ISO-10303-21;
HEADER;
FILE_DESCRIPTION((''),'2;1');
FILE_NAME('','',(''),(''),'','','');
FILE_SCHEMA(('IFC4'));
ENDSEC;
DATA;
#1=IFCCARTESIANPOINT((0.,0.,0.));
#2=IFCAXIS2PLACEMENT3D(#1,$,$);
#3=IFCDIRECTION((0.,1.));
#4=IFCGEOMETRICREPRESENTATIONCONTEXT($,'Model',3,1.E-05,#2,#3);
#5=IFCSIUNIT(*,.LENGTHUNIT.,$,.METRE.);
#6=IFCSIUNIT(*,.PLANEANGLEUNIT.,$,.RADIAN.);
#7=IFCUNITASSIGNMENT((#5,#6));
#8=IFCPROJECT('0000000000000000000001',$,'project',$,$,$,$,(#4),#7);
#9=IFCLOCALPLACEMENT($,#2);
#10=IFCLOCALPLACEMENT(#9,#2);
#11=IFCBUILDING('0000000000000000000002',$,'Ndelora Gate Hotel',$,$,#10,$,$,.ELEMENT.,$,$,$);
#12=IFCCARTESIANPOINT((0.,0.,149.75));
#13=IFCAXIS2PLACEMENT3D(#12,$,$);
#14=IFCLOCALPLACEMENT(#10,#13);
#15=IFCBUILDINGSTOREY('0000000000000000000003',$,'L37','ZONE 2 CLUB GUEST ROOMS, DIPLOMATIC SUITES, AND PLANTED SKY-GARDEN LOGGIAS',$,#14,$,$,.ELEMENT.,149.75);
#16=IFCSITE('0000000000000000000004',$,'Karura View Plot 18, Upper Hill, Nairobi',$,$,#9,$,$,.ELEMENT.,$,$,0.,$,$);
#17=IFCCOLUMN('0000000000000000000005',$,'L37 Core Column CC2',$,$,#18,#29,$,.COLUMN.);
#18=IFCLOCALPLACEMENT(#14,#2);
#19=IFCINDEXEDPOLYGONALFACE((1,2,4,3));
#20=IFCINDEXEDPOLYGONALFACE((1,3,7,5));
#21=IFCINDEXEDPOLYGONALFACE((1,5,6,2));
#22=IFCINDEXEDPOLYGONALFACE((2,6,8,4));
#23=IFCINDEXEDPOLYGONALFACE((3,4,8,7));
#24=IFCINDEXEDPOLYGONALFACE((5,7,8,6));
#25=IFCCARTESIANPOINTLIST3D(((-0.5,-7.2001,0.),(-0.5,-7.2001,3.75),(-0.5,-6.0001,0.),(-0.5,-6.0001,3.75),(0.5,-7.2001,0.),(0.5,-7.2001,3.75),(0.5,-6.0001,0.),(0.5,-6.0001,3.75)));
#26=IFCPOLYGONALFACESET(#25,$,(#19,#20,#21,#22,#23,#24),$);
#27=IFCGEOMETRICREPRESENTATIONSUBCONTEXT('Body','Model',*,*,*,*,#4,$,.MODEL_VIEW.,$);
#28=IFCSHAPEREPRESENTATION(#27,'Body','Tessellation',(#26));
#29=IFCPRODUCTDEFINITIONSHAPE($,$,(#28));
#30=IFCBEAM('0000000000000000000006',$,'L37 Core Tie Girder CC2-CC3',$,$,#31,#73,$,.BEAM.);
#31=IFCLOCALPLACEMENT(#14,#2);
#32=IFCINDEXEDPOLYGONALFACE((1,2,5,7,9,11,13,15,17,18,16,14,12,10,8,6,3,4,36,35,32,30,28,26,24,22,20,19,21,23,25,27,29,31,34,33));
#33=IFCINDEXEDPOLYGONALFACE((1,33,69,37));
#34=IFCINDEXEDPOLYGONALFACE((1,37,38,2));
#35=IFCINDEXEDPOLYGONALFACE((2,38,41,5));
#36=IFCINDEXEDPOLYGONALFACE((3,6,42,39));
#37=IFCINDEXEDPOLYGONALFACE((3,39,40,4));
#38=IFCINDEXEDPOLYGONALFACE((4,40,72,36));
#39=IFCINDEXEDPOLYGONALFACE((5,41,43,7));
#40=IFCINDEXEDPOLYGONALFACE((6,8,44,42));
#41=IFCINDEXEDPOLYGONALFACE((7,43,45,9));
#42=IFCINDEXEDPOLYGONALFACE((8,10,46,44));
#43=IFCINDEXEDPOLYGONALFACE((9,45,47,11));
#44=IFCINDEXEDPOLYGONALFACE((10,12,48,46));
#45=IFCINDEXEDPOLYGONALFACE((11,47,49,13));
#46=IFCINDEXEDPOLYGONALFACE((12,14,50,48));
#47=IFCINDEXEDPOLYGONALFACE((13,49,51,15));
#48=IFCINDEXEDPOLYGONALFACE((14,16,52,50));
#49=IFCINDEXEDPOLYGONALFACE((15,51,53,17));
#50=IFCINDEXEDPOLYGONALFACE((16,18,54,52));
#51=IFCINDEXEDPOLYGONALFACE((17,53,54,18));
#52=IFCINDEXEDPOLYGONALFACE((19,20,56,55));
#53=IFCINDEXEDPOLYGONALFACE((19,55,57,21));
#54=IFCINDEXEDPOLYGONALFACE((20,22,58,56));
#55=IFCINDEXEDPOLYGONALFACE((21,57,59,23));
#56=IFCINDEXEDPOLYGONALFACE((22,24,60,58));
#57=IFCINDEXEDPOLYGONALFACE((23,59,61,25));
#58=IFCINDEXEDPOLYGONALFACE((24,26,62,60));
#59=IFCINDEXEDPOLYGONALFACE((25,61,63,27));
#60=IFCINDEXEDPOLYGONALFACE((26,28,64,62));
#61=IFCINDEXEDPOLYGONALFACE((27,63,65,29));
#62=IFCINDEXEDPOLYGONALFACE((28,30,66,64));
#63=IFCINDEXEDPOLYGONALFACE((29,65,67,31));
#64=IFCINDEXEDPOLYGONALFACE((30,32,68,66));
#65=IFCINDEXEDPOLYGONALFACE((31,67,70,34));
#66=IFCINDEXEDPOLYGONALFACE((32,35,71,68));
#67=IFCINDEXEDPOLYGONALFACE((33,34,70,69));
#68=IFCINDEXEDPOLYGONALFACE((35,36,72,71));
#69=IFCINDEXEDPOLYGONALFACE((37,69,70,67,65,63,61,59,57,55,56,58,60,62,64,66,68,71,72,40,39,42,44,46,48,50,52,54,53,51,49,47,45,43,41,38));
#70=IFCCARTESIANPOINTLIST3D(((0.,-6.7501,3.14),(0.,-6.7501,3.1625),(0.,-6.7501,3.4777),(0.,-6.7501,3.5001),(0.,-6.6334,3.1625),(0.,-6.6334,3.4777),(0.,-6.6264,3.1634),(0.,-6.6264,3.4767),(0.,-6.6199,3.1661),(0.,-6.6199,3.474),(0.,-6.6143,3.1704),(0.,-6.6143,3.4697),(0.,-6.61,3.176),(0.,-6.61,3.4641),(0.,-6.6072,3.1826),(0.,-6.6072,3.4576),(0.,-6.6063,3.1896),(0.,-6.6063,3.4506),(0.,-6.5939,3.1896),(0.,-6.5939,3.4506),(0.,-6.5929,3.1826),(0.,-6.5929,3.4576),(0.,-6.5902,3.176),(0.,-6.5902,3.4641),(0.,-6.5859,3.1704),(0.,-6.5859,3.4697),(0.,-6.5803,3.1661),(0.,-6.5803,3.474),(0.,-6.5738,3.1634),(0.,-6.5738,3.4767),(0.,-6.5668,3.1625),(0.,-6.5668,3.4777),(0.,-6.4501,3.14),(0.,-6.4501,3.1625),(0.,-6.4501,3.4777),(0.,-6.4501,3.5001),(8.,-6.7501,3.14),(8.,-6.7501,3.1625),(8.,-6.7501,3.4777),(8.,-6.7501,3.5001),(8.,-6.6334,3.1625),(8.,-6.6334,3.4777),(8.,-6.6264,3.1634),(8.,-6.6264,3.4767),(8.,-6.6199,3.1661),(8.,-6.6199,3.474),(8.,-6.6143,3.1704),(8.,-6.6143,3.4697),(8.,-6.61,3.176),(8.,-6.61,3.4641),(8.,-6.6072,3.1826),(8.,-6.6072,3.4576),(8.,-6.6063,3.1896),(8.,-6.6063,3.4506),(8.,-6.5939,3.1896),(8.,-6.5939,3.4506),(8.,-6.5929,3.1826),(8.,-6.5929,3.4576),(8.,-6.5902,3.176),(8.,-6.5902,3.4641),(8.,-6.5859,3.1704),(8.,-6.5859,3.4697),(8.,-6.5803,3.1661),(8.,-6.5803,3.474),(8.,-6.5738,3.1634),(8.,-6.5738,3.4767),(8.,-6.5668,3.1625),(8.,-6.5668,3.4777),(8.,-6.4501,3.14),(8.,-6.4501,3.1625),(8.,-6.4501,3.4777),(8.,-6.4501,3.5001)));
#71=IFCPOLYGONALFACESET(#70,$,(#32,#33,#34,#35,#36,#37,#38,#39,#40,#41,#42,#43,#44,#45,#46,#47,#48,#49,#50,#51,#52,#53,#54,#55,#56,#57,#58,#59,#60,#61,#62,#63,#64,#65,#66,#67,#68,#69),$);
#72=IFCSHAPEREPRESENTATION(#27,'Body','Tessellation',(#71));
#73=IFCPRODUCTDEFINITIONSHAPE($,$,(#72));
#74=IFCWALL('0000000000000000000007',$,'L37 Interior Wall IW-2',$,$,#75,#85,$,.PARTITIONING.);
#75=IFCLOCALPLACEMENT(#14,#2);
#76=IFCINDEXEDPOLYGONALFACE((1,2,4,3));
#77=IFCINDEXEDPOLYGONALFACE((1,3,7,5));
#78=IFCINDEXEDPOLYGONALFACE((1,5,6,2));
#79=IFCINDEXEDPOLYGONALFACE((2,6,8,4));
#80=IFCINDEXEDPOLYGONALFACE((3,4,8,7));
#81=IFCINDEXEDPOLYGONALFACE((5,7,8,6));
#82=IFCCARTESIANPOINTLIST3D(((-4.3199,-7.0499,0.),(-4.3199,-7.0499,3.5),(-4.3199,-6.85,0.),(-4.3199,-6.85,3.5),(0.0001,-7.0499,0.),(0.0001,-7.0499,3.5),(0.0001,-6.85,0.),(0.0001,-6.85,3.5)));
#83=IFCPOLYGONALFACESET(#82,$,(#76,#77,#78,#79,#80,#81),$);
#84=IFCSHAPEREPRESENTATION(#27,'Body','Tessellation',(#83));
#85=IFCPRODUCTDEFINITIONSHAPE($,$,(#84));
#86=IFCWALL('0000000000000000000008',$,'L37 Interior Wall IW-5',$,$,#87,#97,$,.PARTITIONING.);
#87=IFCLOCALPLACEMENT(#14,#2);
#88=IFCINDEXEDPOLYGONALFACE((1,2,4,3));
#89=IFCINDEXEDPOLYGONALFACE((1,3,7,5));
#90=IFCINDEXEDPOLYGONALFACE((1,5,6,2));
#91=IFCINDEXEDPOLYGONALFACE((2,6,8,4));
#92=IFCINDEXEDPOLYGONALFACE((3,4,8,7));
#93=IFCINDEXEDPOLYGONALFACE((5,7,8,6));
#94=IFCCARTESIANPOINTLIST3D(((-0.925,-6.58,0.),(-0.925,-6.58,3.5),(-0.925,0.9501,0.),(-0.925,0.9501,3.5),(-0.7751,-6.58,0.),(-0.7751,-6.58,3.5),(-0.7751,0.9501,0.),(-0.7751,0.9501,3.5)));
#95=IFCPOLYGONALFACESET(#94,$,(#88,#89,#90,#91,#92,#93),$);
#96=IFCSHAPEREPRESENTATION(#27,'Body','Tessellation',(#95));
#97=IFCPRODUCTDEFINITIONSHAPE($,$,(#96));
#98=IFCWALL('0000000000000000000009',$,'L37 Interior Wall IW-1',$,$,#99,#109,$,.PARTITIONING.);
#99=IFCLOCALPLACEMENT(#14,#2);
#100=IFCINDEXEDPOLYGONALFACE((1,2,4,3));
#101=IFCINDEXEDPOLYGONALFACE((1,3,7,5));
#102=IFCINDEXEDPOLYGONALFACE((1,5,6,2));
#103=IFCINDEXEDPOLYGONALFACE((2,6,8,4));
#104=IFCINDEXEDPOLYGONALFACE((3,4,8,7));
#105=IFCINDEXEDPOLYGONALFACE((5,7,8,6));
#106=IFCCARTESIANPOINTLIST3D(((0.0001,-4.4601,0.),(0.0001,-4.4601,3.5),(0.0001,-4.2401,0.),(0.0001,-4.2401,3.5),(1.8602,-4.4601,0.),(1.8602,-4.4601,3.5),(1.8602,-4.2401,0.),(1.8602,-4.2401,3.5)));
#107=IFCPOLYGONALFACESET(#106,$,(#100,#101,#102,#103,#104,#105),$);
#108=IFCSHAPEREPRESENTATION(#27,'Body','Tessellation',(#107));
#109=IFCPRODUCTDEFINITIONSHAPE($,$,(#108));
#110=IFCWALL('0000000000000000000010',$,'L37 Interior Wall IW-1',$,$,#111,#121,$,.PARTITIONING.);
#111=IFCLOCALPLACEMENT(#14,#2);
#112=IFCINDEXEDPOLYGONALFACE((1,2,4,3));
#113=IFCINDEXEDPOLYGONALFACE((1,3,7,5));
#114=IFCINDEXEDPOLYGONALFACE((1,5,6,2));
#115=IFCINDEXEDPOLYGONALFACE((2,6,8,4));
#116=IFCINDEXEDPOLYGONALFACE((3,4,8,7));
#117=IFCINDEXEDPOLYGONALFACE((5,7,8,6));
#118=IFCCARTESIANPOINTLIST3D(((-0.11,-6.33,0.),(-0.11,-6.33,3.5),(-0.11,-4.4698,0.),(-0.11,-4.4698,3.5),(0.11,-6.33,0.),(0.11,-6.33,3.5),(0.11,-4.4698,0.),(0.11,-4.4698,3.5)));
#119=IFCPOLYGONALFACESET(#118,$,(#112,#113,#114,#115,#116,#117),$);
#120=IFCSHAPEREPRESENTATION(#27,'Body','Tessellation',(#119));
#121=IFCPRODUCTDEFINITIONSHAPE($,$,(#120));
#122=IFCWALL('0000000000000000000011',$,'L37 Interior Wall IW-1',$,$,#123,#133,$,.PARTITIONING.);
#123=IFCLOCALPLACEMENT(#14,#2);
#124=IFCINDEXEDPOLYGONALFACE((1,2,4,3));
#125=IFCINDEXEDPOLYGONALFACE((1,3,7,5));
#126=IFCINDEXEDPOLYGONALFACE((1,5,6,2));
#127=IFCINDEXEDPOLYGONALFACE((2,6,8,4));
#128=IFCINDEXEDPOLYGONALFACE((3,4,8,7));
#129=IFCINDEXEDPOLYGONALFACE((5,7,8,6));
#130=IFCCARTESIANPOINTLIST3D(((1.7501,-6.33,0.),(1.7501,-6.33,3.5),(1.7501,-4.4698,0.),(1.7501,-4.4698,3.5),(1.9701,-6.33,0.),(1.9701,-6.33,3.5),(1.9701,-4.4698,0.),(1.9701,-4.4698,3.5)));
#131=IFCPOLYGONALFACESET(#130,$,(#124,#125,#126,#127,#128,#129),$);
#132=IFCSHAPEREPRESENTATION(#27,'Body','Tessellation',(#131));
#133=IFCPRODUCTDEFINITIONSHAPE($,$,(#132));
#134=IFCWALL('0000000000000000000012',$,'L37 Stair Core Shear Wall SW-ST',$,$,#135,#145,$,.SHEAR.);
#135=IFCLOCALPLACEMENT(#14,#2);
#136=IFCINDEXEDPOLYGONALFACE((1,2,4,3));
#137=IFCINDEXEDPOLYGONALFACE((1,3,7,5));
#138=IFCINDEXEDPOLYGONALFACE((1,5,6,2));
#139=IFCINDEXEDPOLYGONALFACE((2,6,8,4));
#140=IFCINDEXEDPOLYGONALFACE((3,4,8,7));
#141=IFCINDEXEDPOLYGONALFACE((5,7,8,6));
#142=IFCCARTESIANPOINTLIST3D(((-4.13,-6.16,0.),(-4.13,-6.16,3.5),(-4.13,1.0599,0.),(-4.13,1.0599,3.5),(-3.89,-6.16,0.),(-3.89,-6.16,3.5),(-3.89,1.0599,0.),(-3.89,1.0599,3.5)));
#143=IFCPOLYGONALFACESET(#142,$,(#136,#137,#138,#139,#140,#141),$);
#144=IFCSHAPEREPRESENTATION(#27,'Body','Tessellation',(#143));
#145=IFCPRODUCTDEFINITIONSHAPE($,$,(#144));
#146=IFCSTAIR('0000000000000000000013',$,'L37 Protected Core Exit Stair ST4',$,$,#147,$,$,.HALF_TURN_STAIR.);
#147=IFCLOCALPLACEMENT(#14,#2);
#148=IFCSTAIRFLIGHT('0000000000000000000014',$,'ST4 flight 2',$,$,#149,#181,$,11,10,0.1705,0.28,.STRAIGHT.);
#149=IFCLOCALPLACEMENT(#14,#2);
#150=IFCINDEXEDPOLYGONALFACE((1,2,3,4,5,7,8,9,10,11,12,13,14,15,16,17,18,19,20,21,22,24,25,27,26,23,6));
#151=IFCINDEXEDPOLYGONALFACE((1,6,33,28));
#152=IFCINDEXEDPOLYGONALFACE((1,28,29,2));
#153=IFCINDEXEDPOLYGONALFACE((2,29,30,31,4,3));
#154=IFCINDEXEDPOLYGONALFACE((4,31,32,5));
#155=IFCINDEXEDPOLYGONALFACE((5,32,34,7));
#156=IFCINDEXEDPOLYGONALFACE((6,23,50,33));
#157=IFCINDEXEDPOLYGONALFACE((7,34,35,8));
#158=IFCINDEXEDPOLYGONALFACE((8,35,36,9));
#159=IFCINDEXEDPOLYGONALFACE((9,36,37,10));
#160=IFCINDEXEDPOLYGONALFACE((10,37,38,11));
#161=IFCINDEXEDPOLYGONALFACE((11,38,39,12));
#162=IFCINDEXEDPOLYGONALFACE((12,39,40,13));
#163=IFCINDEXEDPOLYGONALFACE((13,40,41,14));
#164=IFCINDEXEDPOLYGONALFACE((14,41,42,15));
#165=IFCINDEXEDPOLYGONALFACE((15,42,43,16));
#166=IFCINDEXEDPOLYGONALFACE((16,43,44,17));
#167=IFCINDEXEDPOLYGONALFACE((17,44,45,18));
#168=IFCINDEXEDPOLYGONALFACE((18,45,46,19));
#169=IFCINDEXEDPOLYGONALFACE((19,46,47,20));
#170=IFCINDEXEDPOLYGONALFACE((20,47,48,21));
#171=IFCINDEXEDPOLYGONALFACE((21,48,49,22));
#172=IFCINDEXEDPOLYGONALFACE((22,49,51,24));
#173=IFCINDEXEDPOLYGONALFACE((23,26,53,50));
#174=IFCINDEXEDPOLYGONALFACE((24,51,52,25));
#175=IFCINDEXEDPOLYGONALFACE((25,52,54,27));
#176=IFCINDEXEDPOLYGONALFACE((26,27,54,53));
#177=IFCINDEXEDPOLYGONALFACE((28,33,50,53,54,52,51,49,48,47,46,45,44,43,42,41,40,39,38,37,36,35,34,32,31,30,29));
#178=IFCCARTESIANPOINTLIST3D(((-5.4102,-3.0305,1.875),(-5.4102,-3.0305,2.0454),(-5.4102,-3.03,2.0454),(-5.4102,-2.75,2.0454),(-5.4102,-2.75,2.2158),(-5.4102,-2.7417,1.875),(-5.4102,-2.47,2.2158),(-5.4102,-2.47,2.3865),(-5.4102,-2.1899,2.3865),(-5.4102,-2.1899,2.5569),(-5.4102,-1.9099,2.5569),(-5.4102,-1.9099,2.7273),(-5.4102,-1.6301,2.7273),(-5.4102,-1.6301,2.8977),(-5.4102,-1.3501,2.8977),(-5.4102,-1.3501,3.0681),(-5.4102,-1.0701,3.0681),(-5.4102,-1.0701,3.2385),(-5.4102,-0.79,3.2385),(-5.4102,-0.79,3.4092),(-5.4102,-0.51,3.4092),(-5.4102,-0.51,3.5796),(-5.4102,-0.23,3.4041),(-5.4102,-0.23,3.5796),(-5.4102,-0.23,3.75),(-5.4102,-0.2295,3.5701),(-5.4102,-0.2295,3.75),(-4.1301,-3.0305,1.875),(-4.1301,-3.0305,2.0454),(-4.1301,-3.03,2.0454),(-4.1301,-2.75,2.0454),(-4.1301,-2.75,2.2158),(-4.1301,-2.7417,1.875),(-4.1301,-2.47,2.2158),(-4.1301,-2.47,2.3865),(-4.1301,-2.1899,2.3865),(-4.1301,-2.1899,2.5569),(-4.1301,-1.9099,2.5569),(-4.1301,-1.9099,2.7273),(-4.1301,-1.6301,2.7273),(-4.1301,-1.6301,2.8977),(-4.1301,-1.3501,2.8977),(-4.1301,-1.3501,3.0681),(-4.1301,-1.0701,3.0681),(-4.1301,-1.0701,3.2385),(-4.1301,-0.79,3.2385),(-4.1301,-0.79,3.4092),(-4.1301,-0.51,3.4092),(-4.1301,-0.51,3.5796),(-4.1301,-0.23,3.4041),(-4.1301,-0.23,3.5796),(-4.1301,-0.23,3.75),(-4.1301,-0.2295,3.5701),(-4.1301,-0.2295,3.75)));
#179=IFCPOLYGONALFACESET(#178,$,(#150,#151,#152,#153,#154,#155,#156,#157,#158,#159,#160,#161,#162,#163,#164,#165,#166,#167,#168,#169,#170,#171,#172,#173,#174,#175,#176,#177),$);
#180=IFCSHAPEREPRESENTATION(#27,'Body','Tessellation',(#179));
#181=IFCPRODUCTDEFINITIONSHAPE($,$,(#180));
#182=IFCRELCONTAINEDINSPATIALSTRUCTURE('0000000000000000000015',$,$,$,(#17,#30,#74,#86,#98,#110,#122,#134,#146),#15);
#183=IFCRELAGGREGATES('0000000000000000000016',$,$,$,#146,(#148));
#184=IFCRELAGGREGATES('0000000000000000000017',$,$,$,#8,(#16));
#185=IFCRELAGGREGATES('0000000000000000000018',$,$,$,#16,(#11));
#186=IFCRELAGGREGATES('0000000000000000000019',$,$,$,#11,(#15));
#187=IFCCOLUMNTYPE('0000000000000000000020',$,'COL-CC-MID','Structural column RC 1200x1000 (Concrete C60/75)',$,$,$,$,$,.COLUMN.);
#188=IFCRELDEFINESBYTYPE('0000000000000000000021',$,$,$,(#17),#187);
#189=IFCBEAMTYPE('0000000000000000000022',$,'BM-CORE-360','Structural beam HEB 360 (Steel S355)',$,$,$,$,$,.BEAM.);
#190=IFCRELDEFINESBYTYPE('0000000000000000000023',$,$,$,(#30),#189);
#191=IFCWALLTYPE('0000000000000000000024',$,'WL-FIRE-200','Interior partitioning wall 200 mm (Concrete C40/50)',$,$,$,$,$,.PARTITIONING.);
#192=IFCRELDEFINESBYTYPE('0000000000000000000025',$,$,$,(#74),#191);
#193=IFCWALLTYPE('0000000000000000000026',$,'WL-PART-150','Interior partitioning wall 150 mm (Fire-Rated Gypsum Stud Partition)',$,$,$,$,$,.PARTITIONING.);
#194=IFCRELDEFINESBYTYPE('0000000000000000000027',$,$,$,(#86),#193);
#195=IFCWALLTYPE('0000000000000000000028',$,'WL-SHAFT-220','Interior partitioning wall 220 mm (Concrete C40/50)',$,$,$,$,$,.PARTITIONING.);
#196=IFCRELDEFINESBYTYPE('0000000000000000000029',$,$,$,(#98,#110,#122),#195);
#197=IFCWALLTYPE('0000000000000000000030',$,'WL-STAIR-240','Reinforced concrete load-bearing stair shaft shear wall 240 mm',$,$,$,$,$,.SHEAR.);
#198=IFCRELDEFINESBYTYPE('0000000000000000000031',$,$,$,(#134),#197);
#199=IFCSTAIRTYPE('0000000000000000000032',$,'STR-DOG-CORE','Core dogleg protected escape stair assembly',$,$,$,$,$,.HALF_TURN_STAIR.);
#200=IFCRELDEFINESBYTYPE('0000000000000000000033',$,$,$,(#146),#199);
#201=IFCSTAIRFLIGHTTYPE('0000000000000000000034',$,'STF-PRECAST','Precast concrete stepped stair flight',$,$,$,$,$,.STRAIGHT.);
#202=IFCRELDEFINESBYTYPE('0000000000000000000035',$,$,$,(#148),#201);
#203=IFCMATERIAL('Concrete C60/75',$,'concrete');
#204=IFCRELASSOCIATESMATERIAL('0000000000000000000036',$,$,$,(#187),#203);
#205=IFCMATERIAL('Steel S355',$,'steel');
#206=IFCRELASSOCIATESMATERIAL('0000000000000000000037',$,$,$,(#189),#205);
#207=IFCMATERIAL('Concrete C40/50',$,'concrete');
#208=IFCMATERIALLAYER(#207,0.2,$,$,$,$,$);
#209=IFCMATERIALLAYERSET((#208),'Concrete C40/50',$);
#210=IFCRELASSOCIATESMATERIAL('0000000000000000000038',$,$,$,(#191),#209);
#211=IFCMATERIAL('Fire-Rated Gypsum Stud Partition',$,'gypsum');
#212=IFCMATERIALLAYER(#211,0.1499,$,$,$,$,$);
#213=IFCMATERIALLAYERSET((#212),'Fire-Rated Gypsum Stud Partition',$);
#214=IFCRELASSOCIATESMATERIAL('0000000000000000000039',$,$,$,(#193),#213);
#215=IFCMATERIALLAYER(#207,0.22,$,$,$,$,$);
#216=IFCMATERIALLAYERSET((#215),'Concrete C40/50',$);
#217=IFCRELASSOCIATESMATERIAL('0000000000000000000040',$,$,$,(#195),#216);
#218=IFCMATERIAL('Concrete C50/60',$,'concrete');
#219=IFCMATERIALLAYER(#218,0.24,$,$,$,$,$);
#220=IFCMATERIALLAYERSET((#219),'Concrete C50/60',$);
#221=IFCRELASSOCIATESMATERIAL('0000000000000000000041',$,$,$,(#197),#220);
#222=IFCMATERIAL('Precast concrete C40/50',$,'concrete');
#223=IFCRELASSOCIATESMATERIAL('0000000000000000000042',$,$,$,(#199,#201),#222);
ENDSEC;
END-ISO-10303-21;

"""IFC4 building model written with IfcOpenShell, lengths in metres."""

from ifc_helpers import new_model, si_unit, direction, frame, frame_2d, origin, origin_2d, place, context, subcontext, project, spatial, polyline, rectangle, i_section, outline, extrude, material, layer, layer_set, material_profile, profile_set, type_object, element, aggregate, save


model = new_model("IFC4")

# Units and contexts
model_context = context("Model", 3, precision=1e-05, world=origin(), true_north=direction((0.0, 1.0)))
body_context = subcontext(model_context, "Body", "Model", "MODEL_VIEW")
ifc_project = project(units=[si_unit("LENGTHUNIT", "METRE"), si_unit("PLANEANGLEUNIT", "RADIAN")], contexts=[model_context])

# Site, building, storey
site_placement = place(None, origin())
site = spatial("IfcSite", under=ifc_project, at=site_placement, Name="Karura View Plot 18, Upper Hill, Nairobi", CompositionType="ELEMENT", RefElevation=0.0)
building_placement = place(site_placement, origin())
building = spatial("IfcBuilding", under=site, at=building_placement, Name="Ndelora Gate Hotel", CompositionType="ELEMENT")
storey_placement = place(building_placement, frame((0.0, 0.0, 149.75)))
storey = spatial("IfcBuildingStorey", under=building, at=storey_placement, Name="L37", Description="ZONE 2 CLUB GUEST ROOMS, DIPLOMATIC SUITES, AND PLANTED SKY-GARDEN LOGGIAS", CompositionType="ELEMENT", Elevation=149.75)

# Column
ifc_material_1 = material(Name="Concrete C60/75", Category="concrete")
ifc_material_profile_1 = material_profile(ifc_material_1, rectangle(XDim=1.0, YDim=1.2, at=origin_2d()), Name="RC 1200x1000")
ifc_profile_set_1 = profile_set([ifc_material_profile_1], Name="Concrete C60/75")
column_type = type_object("IfcColumnType", Name="COL-CC-MID", Description="Structural column RC 1200x1000 (Concrete C60/75)", PredefinedType="COLUMN", material=ifc_profile_set_1)
column_placement = place(storey_placement, frame((0.0, -6.6001, 0.0), z_axis=(0.0, 0.0, 1.0), x_axis=(1.0, 0.0, 0.0)))
element("IfcColumn", 1, at=column_placement, inside=storey, type_object=column_type, Name="L37 Core Column CC2", PredefinedType="COLUMN", context=body_context, shape_type="SweptSolid", body=[
    extrude(rectangle(XDim=1.0, YDim=1.2, at=origin_2d()), origin(), (0.0, 0.0, 1.0), 3.75),
])

# Beam
ifc_material_2 = material(Name="Steel S355", Category="steel")
ifc_material_profile_2 = material_profile(ifc_material_2, i_section(OverallWidth=0.3, OverallDepth=0.3601, WebThickness=0.0125, FlangeThickness=0.0225, FilletRadius=0.0271, at=origin_2d()), Name="HEB 360")
ifc_profile_set_2 = profile_set([ifc_material_profile_2], Name="Steel S355")
beam_type = type_object("IfcBeamType", Name="BM-CORE-360", Description="Structural beam HEB 360 (Steel S355)", PredefinedType="BEAM", material=ifc_profile_set_2)
beam_placement = place(storey_placement, frame((0.0, -6.6001, 3.3201), z_axis=(1.0, 0.0, 0.0), x_axis=(0.0, 1.0, 0.0)))
element("IfcBeam", 2, at=beam_placement, inside=storey, type_object=beam_type, Name="L37 Core Tie Girder CC2-CC3", PredefinedType="BEAM", context=body_context, shape_type="SweptSolid", body=[
    extrude(i_section(OverallWidth=0.3, OverallDepth=0.3601, WebThickness=0.0125, FlangeThickness=0.0225, FilletRadius=0.0271, at=origin_2d()), origin(), (0.0, 0.0, 1.0), 8.0),
])

# Walls
ifc_material_3 = material(Name="Concrete C40/50", Category="concrete")
ifc_layer_1 = layer(ifc_material_3, 0.2)
ifc_layer_set_1 = layer_set([ifc_layer_1], Name="Concrete C40/50")
wall_type_1 = type_object("IfcWallType", Name="WL-FIRE-200", Description="Interior partitioning wall 200 mm (Concrete C40/50)", PredefinedType="PARTITIONING", material=ifc_layer_set_1)
wall_1_placement = place(storey_placement, frame((-4.3201, -6.95, 0.0), z_axis=(0.0, 0.0, 1.0), x_axis=(1.0, 0.0, 0.0)))
element("IfcWall", 3, at=wall_1_placement, inside=storey, type_object=wall_type_1, Name="L37 Interior Wall IW-2", PredefinedType="PARTITIONING", context=body_context, shape_type="SweptSolid", body=[
    extrude(rectangle(XDim=4.3201, YDim=0.2, at=frame_2d((2.1602, 0.0))), origin(), (0.0, 0.0, 1.0), 3.5),
])
ifc_material_4 = material(Name="Fire-Rated Gypsum Stud Partition", Category="gypsum")
ifc_layer_2 = layer(ifc_material_4, 0.1499)
ifc_layer_set_2 = layer_set([ifc_layer_2], Name="Fire-Rated Gypsum Stud Partition")
wall_type_2 = type_object("IfcWallType", Name="WL-PART-150", Description="Interior partitioning wall 150 mm (Fire-Rated Gypsum Stud Partition)", PredefinedType="PARTITIONING", material=ifc_layer_set_2)
wall_2_placement = place(storey_placement, frame((-0.8501, -6.5801, 0.0), z_axis=(0.0, 0.0, 1.0), x_axis=(0.0, 1.0, 0.0)))
element("IfcWall", 4, at=wall_2_placement, inside=storey, type_object=wall_type_2, Name="L37 Interior Wall IW-5", PredefinedType="PARTITIONING", context=body_context, shape_type="SweptSolid", body=[
    extrude(rectangle(XDim=7.53, YDim=0.1499, at=frame_2d((3.7651, 0.0))), origin(), (0.0, 0.0, 1.0), 3.5),
])

# Shared definitions
ifc_layer_3 = layer(ifc_material_3, 0.22)
ifc_layer_set_3 = layer_set([ifc_layer_3], Name="Concrete C40/50")
wall_type_3 = type_object("IfcWallType", Name="WL-SHAFT-220", Description="Interior partitioning wall 220 mm (Concrete C40/50)", PredefinedType="PARTITIONING", material=ifc_layer_set_3)

# Walls
for number, where, z_axis, x_axis, name in (
    (5, (0.0, -4.3501, 0.0), (0.0, 0.0, 1.0), (1.0, 0.0, 0.0), "L37 Interior Wall IW-1"),
    (6, (0.0, -6.3301, 0.0), (0.0, 0.0, 1.0), (0.0, 1.0, 0.0), "L37 Interior Wall IW-1"),
    (7, (1.8601, -6.3301, 0.0), (0.0, 0.0, 1.0), (0.0, 1.0, 0.0), "L37 Interior Wall IW-1"),
):
    element("IfcWall", number, at=place(storey_placement, frame(where, z_axis=z_axis, x_axis=x_axis)), inside=storey, type_object=wall_type_3, Name=name, PredefinedType="PARTITIONING", context=body_context, shape_type="SweptSolid", body=[
        extrude(rectangle(XDim=1.8601, YDim=0.22, at=frame_2d((0.9302, 0.0))), origin(), (0.0, 0.0, 1.0), 3.5),
    ])

# Wall
ifc_material_5 = material(Name="Concrete C50/60", Category="concrete")
ifc_layer_4 = layer(ifc_material_5, 0.24)
ifc_layer_set_4 = layer_set([ifc_layer_4], Name="Concrete C50/60")
wall_type_4 = type_object("IfcWallType", Name="WL-STAIR-240", Description="Reinforced concrete load-bearing stair shaft shear wall 240 mm", PredefinedType="SHEAR", material=ifc_layer_set_4)
wall_3_placement = place(storey_placement, frame((-4.01, -6.1599, 0.0), z_axis=(0.0, 0.0, 1.0), x_axis=(0.0, 1.0, 0.0)))
element("IfcWall", 8, at=wall_3_placement, inside=storey, type_object=wall_type_4, Name="L37 Stair Core Shear Wall SW-ST", PredefinedType="SHEAR", context=body_context, shape_type="SweptSolid", body=[
    extrude(rectangle(XDim=7.22, YDim=0.24, at=frame_2d((3.6099, 0.0))), origin(), (0.0, 0.0, 1.0), 3.5),
])

# Stair, stair flight
ifc_material_6 = material(Name="Precast concrete C40/50", Category="concrete")
stair_type = type_object("IfcStairType", Name="STR-DOG-CORE", Description="Core dogleg protected escape stair assembly", PredefinedType="HALF_TURN_STAIR", material=ifc_material_6)
stair_placement = place(storey_placement, origin())
stair = element("IfcStair", 9, at=stair_placement, inside=storey, type_object=stair_type, Name="L37 Protected Core Exit Stair ST4", PredefinedType="HALF_TURN_STAIR")
stair_flight_type = type_object("IfcStairFlightType", Name="STF-PRECAST", Description="Precast concrete stepped stair flight", PredefinedType="STRAIGHT", material=ifc_material_6)
stair_flight_placement = place(storey_placement, frame((-4.77, -3.03, 1.875), z_axis=(0.0, 0.0, 1.0), x_axis=(0.0, 1.0, 0.0)))
stair_flight = element("IfcStairFlight", 10, at=stair_flight_placement, type_object=stair_flight_type, Name="ST4 flight 2", NumberOfRisers=11, NumberOfTreads=10, PredefinedType="STRAIGHT", RiserHeight=0.1705, TreadLength=0.28, context=body_context, shape_type="SweptSolid", body=[
    extrude(outline(polyline([(-0.0005, 0.0), (-0.0005, 0.1704), (0.0, 0.1704), (0.28, 0.1704), (0.28, 0.3408), (0.5601, 0.3408), (0.5601, 0.5115), (0.8401, 0.5115), (0.8401, 0.6819), (1.1201, 0.6819), (1.1201, 0.8523), (1.3999, 0.8523), (1.3999, 1.0227), (1.6799, 1.0227), (1.6799, 1.1931), (1.96, 1.1931), (1.96, 1.3635), (2.24, 1.3635), (2.24, 1.5342), (2.52, 1.5342), (2.52, 1.7046), (2.8, 1.7046), (2.8, 1.875), (2.8005, 1.875), (2.8005, 1.6951), (2.8, 1.5291), (0.2883, 0.0), (-0.0005, 0.0)])), frame((0.0, 0.6401, 0.0), z_axis=(0.0, -1.0, 0.0), x_axis=(1.0, 0.0, 0.0)), (0.0, 0.0, 1.0), 1.28),
])
aggregate(stair, [stair_flight])

save(model, "model.ifc")
